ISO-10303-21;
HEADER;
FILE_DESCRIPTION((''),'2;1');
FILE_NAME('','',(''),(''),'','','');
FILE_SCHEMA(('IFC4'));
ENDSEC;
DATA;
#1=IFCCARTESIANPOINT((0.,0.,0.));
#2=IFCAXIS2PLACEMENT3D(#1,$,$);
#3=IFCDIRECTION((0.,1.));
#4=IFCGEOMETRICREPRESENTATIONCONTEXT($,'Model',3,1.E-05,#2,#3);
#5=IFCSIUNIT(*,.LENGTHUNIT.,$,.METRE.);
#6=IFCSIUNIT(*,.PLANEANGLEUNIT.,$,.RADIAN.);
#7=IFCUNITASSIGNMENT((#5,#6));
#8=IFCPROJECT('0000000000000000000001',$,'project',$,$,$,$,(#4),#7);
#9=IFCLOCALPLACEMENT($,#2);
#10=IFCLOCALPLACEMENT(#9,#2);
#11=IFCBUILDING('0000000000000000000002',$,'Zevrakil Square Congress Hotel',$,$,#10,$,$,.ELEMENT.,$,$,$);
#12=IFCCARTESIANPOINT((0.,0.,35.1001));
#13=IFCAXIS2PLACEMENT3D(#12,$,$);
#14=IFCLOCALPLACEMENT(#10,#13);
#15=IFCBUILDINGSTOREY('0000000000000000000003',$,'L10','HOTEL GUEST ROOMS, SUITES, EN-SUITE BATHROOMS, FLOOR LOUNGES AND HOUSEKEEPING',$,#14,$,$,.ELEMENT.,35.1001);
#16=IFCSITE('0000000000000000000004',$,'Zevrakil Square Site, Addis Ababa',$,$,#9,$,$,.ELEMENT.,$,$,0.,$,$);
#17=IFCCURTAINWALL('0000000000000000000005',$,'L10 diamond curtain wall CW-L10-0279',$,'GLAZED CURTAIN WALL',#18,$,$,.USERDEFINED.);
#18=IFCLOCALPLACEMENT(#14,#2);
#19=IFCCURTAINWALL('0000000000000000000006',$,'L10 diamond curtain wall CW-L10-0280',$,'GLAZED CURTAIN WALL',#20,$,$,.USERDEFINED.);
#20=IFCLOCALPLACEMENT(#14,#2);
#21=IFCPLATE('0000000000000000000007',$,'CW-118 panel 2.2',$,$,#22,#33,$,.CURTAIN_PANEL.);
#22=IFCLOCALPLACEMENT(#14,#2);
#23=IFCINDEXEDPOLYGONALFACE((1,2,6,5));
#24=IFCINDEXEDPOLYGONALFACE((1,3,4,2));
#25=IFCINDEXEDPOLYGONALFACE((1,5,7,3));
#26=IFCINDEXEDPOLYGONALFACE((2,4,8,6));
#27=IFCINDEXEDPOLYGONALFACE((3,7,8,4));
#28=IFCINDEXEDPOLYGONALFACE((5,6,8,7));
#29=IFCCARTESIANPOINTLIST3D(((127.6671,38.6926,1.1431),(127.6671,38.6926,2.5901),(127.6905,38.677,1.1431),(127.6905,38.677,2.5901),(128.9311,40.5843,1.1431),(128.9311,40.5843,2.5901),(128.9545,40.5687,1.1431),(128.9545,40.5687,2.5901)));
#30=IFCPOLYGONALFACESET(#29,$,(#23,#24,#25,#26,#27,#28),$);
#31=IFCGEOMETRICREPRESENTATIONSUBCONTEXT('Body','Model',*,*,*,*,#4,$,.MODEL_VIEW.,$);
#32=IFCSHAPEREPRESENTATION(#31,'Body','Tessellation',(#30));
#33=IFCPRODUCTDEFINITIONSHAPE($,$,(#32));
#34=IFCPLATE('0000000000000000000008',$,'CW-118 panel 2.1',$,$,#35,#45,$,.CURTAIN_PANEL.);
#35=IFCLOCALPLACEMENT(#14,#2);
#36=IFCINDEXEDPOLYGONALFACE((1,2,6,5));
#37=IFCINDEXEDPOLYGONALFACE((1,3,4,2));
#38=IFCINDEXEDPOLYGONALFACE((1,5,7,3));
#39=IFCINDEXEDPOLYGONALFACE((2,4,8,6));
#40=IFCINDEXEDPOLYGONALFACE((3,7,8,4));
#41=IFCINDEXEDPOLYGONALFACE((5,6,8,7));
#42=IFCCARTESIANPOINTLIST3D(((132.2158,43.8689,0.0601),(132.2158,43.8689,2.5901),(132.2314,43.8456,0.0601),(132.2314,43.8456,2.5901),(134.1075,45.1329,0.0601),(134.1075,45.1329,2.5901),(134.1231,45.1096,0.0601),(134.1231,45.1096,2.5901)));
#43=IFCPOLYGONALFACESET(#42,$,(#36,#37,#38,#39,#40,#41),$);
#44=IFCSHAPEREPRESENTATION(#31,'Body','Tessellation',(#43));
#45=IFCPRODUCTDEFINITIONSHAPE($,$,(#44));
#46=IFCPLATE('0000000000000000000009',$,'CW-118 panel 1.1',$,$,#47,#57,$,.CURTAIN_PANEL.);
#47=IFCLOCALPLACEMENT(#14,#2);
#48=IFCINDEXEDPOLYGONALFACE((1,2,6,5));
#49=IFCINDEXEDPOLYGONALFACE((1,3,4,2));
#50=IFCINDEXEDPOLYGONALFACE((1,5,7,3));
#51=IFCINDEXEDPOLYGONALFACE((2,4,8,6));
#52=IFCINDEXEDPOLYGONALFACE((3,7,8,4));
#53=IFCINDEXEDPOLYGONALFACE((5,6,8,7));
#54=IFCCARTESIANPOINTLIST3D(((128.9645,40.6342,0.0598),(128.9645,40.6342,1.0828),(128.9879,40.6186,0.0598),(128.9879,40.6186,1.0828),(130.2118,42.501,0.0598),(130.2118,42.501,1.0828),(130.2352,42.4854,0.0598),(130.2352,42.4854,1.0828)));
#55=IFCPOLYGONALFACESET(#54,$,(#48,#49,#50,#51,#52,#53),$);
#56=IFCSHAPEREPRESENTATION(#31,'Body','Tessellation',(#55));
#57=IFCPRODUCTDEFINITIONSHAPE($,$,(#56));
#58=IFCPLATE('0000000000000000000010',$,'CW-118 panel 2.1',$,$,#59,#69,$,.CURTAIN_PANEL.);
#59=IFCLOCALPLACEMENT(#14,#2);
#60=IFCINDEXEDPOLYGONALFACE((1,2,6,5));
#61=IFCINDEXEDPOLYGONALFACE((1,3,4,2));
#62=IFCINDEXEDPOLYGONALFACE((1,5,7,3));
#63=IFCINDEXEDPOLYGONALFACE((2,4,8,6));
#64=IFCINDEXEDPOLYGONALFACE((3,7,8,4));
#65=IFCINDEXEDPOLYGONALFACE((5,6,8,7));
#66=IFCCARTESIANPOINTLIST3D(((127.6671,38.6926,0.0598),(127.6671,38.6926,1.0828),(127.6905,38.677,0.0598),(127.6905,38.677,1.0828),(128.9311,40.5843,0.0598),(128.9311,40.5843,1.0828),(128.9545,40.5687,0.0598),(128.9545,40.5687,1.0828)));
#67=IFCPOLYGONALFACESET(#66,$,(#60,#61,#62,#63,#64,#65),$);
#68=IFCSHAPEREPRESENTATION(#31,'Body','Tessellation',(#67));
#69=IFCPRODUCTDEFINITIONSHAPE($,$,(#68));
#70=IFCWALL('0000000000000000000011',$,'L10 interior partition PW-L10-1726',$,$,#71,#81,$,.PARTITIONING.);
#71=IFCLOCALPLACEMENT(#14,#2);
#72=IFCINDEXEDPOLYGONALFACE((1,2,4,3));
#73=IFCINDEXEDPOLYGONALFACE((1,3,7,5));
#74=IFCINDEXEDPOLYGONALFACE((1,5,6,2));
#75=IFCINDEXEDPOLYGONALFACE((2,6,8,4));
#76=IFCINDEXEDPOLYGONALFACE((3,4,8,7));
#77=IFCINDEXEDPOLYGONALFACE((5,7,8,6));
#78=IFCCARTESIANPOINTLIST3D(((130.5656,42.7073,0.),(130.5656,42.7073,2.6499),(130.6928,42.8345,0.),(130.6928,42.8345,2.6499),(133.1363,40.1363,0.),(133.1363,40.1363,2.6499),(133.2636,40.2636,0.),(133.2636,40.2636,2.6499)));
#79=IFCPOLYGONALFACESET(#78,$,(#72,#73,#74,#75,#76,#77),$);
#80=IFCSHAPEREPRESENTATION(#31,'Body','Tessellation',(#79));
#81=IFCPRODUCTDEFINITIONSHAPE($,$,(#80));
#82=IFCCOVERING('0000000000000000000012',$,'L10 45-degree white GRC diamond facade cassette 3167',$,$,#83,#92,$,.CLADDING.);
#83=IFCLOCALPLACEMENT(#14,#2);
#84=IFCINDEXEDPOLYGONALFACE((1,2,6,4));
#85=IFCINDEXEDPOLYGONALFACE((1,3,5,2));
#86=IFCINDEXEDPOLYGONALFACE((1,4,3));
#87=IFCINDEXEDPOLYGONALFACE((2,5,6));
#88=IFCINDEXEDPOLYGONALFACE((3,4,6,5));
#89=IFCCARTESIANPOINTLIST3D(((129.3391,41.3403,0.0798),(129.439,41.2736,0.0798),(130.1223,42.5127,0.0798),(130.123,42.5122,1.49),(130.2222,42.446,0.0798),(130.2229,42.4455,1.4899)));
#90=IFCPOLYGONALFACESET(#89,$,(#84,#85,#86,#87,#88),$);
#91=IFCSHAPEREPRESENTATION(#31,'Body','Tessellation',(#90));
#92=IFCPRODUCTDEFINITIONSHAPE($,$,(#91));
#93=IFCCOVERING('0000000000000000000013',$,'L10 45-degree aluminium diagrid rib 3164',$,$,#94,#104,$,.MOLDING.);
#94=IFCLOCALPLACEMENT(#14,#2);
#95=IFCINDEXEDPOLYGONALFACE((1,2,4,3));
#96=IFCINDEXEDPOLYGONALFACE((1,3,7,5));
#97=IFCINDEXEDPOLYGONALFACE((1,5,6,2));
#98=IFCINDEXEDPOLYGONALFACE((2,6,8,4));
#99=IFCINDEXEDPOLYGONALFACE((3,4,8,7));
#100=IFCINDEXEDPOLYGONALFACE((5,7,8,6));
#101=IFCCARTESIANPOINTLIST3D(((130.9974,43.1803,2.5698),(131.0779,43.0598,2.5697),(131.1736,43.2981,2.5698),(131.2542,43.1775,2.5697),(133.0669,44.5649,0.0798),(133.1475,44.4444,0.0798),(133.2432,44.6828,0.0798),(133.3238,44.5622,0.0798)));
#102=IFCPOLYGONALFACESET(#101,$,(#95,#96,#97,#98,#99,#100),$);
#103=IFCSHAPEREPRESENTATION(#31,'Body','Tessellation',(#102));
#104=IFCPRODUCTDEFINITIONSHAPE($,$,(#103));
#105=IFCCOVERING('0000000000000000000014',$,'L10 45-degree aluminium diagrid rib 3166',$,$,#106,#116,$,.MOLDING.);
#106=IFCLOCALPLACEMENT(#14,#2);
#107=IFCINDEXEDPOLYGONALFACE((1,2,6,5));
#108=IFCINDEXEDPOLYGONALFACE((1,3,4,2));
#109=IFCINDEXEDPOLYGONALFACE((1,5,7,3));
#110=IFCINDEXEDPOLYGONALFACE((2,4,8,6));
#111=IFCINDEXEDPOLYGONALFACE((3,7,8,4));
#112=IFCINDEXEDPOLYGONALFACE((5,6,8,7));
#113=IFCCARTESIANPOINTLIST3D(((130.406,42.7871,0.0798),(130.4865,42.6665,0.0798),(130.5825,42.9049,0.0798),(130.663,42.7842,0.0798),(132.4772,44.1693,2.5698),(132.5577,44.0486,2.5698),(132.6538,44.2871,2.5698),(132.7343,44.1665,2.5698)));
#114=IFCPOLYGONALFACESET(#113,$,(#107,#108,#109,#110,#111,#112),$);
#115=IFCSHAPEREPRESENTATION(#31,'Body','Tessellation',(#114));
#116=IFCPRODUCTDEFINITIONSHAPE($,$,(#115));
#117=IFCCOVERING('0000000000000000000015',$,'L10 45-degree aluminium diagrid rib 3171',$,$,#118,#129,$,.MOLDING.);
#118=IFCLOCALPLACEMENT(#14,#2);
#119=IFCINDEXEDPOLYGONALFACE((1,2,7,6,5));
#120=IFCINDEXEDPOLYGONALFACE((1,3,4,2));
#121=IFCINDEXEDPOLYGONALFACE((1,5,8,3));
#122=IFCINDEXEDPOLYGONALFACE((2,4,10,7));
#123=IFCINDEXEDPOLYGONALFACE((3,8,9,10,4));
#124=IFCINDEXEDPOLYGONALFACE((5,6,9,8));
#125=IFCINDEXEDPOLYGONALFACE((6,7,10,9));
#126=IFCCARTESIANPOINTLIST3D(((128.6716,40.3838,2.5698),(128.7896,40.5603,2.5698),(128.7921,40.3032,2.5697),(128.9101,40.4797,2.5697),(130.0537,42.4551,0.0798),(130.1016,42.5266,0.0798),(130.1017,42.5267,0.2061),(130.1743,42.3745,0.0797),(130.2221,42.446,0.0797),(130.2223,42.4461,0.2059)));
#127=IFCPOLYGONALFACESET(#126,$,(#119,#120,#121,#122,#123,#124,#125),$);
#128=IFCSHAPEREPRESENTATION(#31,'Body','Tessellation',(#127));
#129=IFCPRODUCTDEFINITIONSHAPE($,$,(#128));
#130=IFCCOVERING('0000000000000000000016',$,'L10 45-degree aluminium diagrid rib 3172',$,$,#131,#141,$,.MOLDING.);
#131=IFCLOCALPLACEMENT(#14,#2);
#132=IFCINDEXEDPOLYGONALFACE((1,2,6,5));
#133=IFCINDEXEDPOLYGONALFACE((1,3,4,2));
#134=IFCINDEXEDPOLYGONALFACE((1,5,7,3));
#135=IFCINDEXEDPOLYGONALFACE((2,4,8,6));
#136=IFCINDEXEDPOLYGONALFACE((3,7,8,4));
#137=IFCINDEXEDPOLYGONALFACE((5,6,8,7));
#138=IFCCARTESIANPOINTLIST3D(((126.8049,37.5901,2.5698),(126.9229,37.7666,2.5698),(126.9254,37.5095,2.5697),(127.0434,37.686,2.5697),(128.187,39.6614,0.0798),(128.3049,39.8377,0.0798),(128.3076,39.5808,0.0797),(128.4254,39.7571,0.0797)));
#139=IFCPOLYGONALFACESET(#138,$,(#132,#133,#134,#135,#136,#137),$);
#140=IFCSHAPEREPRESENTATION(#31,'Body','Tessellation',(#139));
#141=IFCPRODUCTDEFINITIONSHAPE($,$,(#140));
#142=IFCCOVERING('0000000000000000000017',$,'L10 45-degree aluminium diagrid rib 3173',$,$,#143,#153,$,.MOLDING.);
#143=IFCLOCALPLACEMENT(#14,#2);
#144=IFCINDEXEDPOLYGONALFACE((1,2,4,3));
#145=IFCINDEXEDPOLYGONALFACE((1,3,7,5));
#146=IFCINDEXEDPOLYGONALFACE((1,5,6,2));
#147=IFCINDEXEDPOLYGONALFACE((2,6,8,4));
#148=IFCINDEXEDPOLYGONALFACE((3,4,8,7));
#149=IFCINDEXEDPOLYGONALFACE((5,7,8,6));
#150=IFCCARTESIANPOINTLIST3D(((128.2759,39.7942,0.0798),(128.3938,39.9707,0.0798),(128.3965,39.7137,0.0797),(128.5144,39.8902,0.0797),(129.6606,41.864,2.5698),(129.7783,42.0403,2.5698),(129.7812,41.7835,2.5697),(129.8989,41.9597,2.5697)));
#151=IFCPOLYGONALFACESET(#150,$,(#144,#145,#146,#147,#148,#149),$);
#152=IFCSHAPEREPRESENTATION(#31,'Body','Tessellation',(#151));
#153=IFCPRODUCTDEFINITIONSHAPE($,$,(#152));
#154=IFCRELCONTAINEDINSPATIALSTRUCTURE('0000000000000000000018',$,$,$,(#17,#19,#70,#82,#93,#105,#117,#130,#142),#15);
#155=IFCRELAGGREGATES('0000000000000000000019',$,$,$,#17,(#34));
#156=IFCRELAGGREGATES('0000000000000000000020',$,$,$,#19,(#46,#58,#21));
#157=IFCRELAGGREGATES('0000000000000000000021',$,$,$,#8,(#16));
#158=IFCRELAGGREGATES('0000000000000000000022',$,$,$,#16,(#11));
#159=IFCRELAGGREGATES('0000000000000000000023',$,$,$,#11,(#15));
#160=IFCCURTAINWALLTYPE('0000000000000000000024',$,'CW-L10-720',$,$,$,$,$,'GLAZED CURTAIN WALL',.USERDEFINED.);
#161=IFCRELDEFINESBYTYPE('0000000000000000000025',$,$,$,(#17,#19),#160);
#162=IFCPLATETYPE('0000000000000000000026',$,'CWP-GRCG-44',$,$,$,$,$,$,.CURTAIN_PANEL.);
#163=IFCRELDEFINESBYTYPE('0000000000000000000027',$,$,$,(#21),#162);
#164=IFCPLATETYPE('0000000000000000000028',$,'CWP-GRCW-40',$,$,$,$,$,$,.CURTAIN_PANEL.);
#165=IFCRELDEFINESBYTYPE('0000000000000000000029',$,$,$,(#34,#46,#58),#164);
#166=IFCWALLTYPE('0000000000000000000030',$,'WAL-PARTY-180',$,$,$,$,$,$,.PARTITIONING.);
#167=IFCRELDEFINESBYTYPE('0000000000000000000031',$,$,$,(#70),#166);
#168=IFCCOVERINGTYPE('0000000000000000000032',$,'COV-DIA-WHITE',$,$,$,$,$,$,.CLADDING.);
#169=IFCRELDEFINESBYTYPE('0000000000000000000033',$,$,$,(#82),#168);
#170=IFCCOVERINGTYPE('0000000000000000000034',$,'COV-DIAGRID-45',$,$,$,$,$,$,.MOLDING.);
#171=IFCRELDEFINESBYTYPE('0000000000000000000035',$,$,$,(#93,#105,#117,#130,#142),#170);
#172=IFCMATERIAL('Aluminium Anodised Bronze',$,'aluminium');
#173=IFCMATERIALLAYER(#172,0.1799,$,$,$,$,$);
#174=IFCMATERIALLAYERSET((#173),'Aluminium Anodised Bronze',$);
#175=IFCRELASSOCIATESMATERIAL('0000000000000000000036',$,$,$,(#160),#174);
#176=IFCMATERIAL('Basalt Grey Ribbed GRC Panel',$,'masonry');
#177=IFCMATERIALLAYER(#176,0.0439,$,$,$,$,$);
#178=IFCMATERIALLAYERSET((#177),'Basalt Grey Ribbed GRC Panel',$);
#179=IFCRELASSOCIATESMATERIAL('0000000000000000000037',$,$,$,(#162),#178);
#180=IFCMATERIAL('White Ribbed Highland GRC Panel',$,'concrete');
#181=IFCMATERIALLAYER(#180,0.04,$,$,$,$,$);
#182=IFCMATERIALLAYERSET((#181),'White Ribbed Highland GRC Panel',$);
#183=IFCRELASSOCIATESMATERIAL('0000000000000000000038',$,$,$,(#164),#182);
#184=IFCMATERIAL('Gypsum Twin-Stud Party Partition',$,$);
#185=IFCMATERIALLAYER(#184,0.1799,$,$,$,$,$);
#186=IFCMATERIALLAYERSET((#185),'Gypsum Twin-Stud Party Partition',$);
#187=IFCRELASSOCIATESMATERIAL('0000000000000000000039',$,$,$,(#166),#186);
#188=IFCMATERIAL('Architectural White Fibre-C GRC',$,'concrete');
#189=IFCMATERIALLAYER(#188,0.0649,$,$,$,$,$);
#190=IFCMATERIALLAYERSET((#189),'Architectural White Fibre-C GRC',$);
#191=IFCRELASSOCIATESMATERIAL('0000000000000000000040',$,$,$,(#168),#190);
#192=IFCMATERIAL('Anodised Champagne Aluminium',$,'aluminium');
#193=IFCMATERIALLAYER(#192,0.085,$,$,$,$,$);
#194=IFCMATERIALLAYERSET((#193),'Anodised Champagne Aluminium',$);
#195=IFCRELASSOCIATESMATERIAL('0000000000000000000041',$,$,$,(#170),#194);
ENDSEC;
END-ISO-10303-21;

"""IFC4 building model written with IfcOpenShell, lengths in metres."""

from ifc_helpers import new_model, si_unit, direction, frame, frame_2d, origin, origin_2d, place, context, subcontext, project, spatial, polyline, rectangle, outline, extrude, material, layer, layer_set, type_object, element, aggregate, save


model = new_model("IFC4")

# Units and contexts
model_context = context("Model", 3, precision=1e-05, world=origin(), true_north=direction((0.0, 1.0)))
body_context = subcontext(model_context, "Body", "Model", "MODEL_VIEW")
ifc_project = project(units=[si_unit("LENGTHUNIT", "METRE"), si_unit("PLANEANGLEUNIT", "RADIAN")], contexts=[model_context])

# Site, building, storey
site_placement = place(None, origin())
site = spatial("IfcSite", under=ifc_project, at=site_placement, Name="Zevrakil Square Site, Addis Ababa", CompositionType="ELEMENT", RefElevation=0.0)
building_placement = place(site_placement, origin())
building = spatial("IfcBuilding", under=site, at=building_placement, Name="Zevrakil Square Congress Hotel", CompositionType="ELEMENT")
storey_placement = place(building_placement, frame((0.0, 0.0, 35.1001)))
storey = spatial("IfcBuildingStorey", under=building, at=storey_placement, Name="L10", Description="HOTEL GUEST ROOMS, SUITES, EN-SUITE BATHROOMS, FLOOR LOUNGES AND HOUSEKEEPING", CompositionType="ELEMENT", Elevation=35.1001)

# Curtain walls
ifc_material_1 = material(Name="Aluminium Anodised Bronze", Category="aluminium")
ifc_layer_1 = layer(ifc_material_1, 0.1799)
ifc_layer_set_1 = layer_set([ifc_layer_1], Name="Aluminium Anodised Bronze")
curtain_wall_type = type_object("IfcCurtainWallType", Name="CW-L10-720", ElementType="GLAZED CURTAIN WALL", PredefinedType="USERDEFINED", material=ifc_layer_set_1)
curtain_wall_1_placement = place(storey_placement, origin())
curtain_wall_1 = element("IfcCurtainWall", 1, at=curtain_wall_1_placement, inside=storey, type_object=curtain_wall_type, Name="L10 diamond curtain wall CW-L10-0279", ObjectType="GLAZED CURTAIN WALL", PredefinedType="USERDEFINED")
curtain_wall_2_placement = place(storey_placement, origin())
curtain_wall_2 = element("IfcCurtainWall", 2, at=curtain_wall_2_placement, inside=storey, type_object=curtain_wall_type, Name="L10 diamond curtain wall CW-L10-0280", ObjectType="GLAZED CURTAIN WALL", PredefinedType="USERDEFINED")

# Plates
ifc_material_2 = material(Name="Basalt Grey Ribbed GRC Panel", Category="masonry")
ifc_layer_2 = layer(ifc_material_2, 0.0439)
ifc_layer_set_2 = layer_set([ifc_layer_2], Name="Basalt Grey Ribbed GRC Panel")
plate_type_1 = type_object("IfcPlateType", Name="CWP-GRCG-44", PredefinedType="CURTAIN_PANEL", material=ifc_layer_set_2)
plate_1_placement = place(storey_placement, frame((128.3108, 39.6306, 1.1431), z_axis=(0.0, 0.0, 1.0), x_axis=(-0.555576, -0.831466, 0.0)))
plate_1 = element("IfcPlate", 3, at=plate_1_placement, type_object=plate_type_1, Name="CW-118 panel 2.2", PredefinedType="CURTAIN_PANEL", context=body_context, shape_type="SweptSolid", body=[
    extrude(rectangle(XDim=2.2751, YDim=0.0281, at=origin_2d()), origin(), (0.0, 0.0, 1.0), 1.447),
])
ifc_material_3 = material(Name="White Ribbed Highland GRC Panel", Category="concrete")
ifc_layer_3 = layer(ifc_material_3, 0.04)
ifc_layer_set_3 = layer_set([ifc_layer_3], Name="White Ribbed Highland GRC Panel")
plate_type_2 = type_object("IfcPlateType", Name="CWP-GRCW-40", PredefinedType="CURTAIN_PANEL", material=ifc_layer_set_3)
plate_2_placement = place(storey_placement, frame((133.1694, 44.4893, 0.0601), z_axis=(0.0, 0.0, 1.0), x_axis=(-0.831466, -0.555576, 0.0)))
plate_2 = element("IfcPlate", 4, at=plate_2_placement, type_object=plate_type_2, Name="CW-118 panel 2.1", PredefinedType="CURTAIN_PANEL", context=body_context, shape_type="SweptSolid", body=[
    extrude(rectangle(XDim=2.2751, YDim=0.0281, at=origin_2d()), origin(), (0.0, 0.0, 1.0), 2.53),
])
aggregate(curtain_wall_1, [plate_2])
plate_3_placement = place(storey_placement, frame((129.5999, 41.5598, 0.0598), z_axis=(0.0, 0.0, 1.0), x_axis=(-0.555576, -0.831466, 0.0)))
plate_3 = element("IfcPlate", 5, at=plate_3_placement, type_object=plate_type_2, Name="CW-118 panel 1.1", PredefinedType="CURTAIN_PANEL", context=body_context, shape_type="SweptSolid", body=[
    extrude(rectangle(XDim=2.2451, YDim=0.0281, at=origin_2d()), origin(), (0.0, 0.0, 1.0), 1.0229),
])
plate_4_placement = place(storey_placement, frame((128.3108, 39.6306, 0.0598), z_axis=(0.0, 0.0, 1.0), x_axis=(-0.555576, -0.831466, 0.0)))
plate_4 = element("IfcPlate", 6, at=plate_4_placement, type_object=plate_type_2, Name="CW-118 panel 2.1", PredefinedType="CURTAIN_PANEL", context=body_context, shape_type="SweptSolid", body=[
    extrude(rectangle(XDim=2.2751, YDim=0.0281, at=origin_2d()), origin(), (0.0, 0.0, 1.0), 1.0229),
])
aggregate(curtain_wall_2, [plate_3, plate_4, plate_1])

# Wall
ifc_material_4 = material(Name="Gypsum Twin-Stud Party Partition")
ifc_layer_4 = layer(ifc_material_4, 0.1799)
ifc_layer_set_4 = layer_set([ifc_layer_4], Name="Gypsum Twin-Stud Party Partition")
wall_type = type_object("IfcWallType", Name="WAL-PARTY-180", PredefinedType="PARTITIONING", material=ifc_layer_set_4)
wall_placement = place(storey_placement, frame((133.2, 40.2, 0.0), z_axis=(0.0, 0.0, 1.0), x_axis=(-0.707073, 0.70714, 0.0)))
element("IfcWall", 7, at=wall_placement, inside=storey, type_object=wall_type, Name="L10 interior partition PW-L10-1726", PredefinedType="PARTITIONING", context=body_context, shape_type="SweptSolid", body=[
    extrude(rectangle(XDim=3.6357, YDim=0.1799, at=frame_2d((1.8179, 0.0))), origin(), (0.0, 0.0, 1.0), 2.6499),
])

# Coverings
ifc_material_5 = material(Name="Architectural White Fibre-C GRC", Category="concrete")
ifc_layer_5 = layer(ifc_material_5, 0.0649)
ifc_layer_set_5 = layer_set([ifc_layer_5], Name="Architectural White Fibre-C GRC")
covering_type_1 = type_object("IfcCoveringType", Name="COV-DIA-WHITE", PredefinedType="CLADDING", material=ifc_layer_set_5)
covering_1_placement = place(storey_placement, frame((129.3391, 41.3403, 0.0798), z_axis=(-0.831517, 0.555499, 0.000624), x_axis=(0.555499, 0.831517, 0.0)))
element("IfcCovering", 8, at=covering_1_placement, inside=storey, type_object=covering_type_1, Name="L10 45-degree white GRC diamond facade cassette 3167", PredefinedType="CLADDING", context=body_context, shape_type="SweptSolid", body=[
    extrude(outline(polyline([(0.0, 0.0), (1.4099, 0.0), (1.4099, -1.4102), (0.0, 0.0)])), origin(), (0.0, 0.0, -1.0), 0.1201),
])
ifc_material_6 = material(Name="Anodised Champagne Aluminium", Category="aluminium")
ifc_layer_6 = layer(ifc_material_6, 0.085)
ifc_layer_set_6 = layer_set([ifc_layer_6], Name="Anodised Champagne Aluminium")
covering_type_2 = type_object("IfcCoveringType", Name="COV-DIAGRID-45", PredefinedType="MOLDING", material=ifc_layer_set_6)
covering_2_placement = place(storey_placement, frame((133.0669, 44.5649, 0.0798), z_axis=(-0.55563, 0.83143, 0.000527), x_axis=(0.83143, 0.55563, 0.0)))
element("IfcCovering", 9, at=covering_2_placement, inside=storey, type_object=covering_type_2, Name="L10 45-degree aluminium diagrid rib 3164", PredefinedType="MOLDING", context=body_context, shape_type="SweptSolid", body=[
    extrude(outline(polyline([(0.0, 0.0), (0.2121, 0.0), (-2.2781, -2.49), (-2.49, -2.49), (0.0, 0.0)])), origin(), (0.0, 0.0, -1.0), 0.145),
])
covering_3_placement = place(storey_placement, frame((132.6538, 44.2871, 2.5698), z_axis=(-0.555098, 0.831785, 0.00003), x_axis=(-0.831785, -0.555098, 0.0)))
element("IfcCovering", 10, at=covering_3_placement, inside=storey, type_object=covering_type_2, Name="L10 45-degree aluminium diagrid rib 3166", PredefinedType="MOLDING", context=body_context, shape_type="SweptSolid", body=[
    extrude(outline(polyline([(0.0, 0.0), (0.2123, 0.0), (2.7023, -2.49), (2.4902, -2.49), (0.0, 0.0)])), origin(), (0.0, 0.0, -1.0), 0.145),
])
covering_4_placement = place(storey_placement, frame((130.0537, 42.4551, 0.0798), z_axis=(-0.831267, 0.555872, 0.000969), x_axis=(0.555873, 0.831267, 0.0)))
element("IfcCovering", 11, at=covering_4_placement, inside=storey, type_object=covering_type_2, Name="L10 45-degree aluminium diagrid rib 3171", PredefinedType="MOLDING", context=body_context, shape_type="SweptSolid", body=[
    extrude(outline(polyline([(0.0, 0.0), (0.0861, 0.0), (0.0862, -0.1262), (-2.2778, -2.49), (-2.4901, -2.49), (0.0, 0.0)])), origin(), (0.0, 0.0, -1.0), 0.145),
])
covering_5_placement = place(storey_placement, frame((128.187, 39.6614, 0.0798), z_axis=(-0.831341, 0.555762, 0.000841), x_axis=(0.555762, 0.831342, 0.0)))
element("IfcCovering", 12, at=covering_5_placement, inside=storey, type_object=covering_type_2, Name="L10 45-degree aluminium diagrid rib 3172", PredefinedType="MOLDING", context=body_context, shape_type="SweptSolid", body=[
    extrude(outline(polyline([(0.0, 0.0), (0.2121, 0.0), (-2.2778, -2.49), (-2.4901, -2.49), (0.0, 0.0)])), origin(), (0.0, 0.0, -1.0), 0.145),
])
covering_6_placement = place(storey_placement, frame((129.7783, 42.0403, 2.5698), z_axis=(-0.831607, 0.555364, 0.00082), x_axis=(-0.555364, -0.831607, 0.0)))
element("IfcCovering", 13, at=covering_6_placement, inside=storey, type_object=covering_type_2, Name="L10 45-degree aluminium diagrid rib 3173", PredefinedType="MOLDING", context=body_context, shape_type="SweptSolid", body=[
    extrude(outline(polyline([(0.0, 0.0), (0.2119, 0.0), (2.7023, -2.49), (2.49, -2.49), (0.0, 0.0)])), origin(), (0.0, 0.0, -1.0), 0.145),
])

save(model, "model.ifc")
